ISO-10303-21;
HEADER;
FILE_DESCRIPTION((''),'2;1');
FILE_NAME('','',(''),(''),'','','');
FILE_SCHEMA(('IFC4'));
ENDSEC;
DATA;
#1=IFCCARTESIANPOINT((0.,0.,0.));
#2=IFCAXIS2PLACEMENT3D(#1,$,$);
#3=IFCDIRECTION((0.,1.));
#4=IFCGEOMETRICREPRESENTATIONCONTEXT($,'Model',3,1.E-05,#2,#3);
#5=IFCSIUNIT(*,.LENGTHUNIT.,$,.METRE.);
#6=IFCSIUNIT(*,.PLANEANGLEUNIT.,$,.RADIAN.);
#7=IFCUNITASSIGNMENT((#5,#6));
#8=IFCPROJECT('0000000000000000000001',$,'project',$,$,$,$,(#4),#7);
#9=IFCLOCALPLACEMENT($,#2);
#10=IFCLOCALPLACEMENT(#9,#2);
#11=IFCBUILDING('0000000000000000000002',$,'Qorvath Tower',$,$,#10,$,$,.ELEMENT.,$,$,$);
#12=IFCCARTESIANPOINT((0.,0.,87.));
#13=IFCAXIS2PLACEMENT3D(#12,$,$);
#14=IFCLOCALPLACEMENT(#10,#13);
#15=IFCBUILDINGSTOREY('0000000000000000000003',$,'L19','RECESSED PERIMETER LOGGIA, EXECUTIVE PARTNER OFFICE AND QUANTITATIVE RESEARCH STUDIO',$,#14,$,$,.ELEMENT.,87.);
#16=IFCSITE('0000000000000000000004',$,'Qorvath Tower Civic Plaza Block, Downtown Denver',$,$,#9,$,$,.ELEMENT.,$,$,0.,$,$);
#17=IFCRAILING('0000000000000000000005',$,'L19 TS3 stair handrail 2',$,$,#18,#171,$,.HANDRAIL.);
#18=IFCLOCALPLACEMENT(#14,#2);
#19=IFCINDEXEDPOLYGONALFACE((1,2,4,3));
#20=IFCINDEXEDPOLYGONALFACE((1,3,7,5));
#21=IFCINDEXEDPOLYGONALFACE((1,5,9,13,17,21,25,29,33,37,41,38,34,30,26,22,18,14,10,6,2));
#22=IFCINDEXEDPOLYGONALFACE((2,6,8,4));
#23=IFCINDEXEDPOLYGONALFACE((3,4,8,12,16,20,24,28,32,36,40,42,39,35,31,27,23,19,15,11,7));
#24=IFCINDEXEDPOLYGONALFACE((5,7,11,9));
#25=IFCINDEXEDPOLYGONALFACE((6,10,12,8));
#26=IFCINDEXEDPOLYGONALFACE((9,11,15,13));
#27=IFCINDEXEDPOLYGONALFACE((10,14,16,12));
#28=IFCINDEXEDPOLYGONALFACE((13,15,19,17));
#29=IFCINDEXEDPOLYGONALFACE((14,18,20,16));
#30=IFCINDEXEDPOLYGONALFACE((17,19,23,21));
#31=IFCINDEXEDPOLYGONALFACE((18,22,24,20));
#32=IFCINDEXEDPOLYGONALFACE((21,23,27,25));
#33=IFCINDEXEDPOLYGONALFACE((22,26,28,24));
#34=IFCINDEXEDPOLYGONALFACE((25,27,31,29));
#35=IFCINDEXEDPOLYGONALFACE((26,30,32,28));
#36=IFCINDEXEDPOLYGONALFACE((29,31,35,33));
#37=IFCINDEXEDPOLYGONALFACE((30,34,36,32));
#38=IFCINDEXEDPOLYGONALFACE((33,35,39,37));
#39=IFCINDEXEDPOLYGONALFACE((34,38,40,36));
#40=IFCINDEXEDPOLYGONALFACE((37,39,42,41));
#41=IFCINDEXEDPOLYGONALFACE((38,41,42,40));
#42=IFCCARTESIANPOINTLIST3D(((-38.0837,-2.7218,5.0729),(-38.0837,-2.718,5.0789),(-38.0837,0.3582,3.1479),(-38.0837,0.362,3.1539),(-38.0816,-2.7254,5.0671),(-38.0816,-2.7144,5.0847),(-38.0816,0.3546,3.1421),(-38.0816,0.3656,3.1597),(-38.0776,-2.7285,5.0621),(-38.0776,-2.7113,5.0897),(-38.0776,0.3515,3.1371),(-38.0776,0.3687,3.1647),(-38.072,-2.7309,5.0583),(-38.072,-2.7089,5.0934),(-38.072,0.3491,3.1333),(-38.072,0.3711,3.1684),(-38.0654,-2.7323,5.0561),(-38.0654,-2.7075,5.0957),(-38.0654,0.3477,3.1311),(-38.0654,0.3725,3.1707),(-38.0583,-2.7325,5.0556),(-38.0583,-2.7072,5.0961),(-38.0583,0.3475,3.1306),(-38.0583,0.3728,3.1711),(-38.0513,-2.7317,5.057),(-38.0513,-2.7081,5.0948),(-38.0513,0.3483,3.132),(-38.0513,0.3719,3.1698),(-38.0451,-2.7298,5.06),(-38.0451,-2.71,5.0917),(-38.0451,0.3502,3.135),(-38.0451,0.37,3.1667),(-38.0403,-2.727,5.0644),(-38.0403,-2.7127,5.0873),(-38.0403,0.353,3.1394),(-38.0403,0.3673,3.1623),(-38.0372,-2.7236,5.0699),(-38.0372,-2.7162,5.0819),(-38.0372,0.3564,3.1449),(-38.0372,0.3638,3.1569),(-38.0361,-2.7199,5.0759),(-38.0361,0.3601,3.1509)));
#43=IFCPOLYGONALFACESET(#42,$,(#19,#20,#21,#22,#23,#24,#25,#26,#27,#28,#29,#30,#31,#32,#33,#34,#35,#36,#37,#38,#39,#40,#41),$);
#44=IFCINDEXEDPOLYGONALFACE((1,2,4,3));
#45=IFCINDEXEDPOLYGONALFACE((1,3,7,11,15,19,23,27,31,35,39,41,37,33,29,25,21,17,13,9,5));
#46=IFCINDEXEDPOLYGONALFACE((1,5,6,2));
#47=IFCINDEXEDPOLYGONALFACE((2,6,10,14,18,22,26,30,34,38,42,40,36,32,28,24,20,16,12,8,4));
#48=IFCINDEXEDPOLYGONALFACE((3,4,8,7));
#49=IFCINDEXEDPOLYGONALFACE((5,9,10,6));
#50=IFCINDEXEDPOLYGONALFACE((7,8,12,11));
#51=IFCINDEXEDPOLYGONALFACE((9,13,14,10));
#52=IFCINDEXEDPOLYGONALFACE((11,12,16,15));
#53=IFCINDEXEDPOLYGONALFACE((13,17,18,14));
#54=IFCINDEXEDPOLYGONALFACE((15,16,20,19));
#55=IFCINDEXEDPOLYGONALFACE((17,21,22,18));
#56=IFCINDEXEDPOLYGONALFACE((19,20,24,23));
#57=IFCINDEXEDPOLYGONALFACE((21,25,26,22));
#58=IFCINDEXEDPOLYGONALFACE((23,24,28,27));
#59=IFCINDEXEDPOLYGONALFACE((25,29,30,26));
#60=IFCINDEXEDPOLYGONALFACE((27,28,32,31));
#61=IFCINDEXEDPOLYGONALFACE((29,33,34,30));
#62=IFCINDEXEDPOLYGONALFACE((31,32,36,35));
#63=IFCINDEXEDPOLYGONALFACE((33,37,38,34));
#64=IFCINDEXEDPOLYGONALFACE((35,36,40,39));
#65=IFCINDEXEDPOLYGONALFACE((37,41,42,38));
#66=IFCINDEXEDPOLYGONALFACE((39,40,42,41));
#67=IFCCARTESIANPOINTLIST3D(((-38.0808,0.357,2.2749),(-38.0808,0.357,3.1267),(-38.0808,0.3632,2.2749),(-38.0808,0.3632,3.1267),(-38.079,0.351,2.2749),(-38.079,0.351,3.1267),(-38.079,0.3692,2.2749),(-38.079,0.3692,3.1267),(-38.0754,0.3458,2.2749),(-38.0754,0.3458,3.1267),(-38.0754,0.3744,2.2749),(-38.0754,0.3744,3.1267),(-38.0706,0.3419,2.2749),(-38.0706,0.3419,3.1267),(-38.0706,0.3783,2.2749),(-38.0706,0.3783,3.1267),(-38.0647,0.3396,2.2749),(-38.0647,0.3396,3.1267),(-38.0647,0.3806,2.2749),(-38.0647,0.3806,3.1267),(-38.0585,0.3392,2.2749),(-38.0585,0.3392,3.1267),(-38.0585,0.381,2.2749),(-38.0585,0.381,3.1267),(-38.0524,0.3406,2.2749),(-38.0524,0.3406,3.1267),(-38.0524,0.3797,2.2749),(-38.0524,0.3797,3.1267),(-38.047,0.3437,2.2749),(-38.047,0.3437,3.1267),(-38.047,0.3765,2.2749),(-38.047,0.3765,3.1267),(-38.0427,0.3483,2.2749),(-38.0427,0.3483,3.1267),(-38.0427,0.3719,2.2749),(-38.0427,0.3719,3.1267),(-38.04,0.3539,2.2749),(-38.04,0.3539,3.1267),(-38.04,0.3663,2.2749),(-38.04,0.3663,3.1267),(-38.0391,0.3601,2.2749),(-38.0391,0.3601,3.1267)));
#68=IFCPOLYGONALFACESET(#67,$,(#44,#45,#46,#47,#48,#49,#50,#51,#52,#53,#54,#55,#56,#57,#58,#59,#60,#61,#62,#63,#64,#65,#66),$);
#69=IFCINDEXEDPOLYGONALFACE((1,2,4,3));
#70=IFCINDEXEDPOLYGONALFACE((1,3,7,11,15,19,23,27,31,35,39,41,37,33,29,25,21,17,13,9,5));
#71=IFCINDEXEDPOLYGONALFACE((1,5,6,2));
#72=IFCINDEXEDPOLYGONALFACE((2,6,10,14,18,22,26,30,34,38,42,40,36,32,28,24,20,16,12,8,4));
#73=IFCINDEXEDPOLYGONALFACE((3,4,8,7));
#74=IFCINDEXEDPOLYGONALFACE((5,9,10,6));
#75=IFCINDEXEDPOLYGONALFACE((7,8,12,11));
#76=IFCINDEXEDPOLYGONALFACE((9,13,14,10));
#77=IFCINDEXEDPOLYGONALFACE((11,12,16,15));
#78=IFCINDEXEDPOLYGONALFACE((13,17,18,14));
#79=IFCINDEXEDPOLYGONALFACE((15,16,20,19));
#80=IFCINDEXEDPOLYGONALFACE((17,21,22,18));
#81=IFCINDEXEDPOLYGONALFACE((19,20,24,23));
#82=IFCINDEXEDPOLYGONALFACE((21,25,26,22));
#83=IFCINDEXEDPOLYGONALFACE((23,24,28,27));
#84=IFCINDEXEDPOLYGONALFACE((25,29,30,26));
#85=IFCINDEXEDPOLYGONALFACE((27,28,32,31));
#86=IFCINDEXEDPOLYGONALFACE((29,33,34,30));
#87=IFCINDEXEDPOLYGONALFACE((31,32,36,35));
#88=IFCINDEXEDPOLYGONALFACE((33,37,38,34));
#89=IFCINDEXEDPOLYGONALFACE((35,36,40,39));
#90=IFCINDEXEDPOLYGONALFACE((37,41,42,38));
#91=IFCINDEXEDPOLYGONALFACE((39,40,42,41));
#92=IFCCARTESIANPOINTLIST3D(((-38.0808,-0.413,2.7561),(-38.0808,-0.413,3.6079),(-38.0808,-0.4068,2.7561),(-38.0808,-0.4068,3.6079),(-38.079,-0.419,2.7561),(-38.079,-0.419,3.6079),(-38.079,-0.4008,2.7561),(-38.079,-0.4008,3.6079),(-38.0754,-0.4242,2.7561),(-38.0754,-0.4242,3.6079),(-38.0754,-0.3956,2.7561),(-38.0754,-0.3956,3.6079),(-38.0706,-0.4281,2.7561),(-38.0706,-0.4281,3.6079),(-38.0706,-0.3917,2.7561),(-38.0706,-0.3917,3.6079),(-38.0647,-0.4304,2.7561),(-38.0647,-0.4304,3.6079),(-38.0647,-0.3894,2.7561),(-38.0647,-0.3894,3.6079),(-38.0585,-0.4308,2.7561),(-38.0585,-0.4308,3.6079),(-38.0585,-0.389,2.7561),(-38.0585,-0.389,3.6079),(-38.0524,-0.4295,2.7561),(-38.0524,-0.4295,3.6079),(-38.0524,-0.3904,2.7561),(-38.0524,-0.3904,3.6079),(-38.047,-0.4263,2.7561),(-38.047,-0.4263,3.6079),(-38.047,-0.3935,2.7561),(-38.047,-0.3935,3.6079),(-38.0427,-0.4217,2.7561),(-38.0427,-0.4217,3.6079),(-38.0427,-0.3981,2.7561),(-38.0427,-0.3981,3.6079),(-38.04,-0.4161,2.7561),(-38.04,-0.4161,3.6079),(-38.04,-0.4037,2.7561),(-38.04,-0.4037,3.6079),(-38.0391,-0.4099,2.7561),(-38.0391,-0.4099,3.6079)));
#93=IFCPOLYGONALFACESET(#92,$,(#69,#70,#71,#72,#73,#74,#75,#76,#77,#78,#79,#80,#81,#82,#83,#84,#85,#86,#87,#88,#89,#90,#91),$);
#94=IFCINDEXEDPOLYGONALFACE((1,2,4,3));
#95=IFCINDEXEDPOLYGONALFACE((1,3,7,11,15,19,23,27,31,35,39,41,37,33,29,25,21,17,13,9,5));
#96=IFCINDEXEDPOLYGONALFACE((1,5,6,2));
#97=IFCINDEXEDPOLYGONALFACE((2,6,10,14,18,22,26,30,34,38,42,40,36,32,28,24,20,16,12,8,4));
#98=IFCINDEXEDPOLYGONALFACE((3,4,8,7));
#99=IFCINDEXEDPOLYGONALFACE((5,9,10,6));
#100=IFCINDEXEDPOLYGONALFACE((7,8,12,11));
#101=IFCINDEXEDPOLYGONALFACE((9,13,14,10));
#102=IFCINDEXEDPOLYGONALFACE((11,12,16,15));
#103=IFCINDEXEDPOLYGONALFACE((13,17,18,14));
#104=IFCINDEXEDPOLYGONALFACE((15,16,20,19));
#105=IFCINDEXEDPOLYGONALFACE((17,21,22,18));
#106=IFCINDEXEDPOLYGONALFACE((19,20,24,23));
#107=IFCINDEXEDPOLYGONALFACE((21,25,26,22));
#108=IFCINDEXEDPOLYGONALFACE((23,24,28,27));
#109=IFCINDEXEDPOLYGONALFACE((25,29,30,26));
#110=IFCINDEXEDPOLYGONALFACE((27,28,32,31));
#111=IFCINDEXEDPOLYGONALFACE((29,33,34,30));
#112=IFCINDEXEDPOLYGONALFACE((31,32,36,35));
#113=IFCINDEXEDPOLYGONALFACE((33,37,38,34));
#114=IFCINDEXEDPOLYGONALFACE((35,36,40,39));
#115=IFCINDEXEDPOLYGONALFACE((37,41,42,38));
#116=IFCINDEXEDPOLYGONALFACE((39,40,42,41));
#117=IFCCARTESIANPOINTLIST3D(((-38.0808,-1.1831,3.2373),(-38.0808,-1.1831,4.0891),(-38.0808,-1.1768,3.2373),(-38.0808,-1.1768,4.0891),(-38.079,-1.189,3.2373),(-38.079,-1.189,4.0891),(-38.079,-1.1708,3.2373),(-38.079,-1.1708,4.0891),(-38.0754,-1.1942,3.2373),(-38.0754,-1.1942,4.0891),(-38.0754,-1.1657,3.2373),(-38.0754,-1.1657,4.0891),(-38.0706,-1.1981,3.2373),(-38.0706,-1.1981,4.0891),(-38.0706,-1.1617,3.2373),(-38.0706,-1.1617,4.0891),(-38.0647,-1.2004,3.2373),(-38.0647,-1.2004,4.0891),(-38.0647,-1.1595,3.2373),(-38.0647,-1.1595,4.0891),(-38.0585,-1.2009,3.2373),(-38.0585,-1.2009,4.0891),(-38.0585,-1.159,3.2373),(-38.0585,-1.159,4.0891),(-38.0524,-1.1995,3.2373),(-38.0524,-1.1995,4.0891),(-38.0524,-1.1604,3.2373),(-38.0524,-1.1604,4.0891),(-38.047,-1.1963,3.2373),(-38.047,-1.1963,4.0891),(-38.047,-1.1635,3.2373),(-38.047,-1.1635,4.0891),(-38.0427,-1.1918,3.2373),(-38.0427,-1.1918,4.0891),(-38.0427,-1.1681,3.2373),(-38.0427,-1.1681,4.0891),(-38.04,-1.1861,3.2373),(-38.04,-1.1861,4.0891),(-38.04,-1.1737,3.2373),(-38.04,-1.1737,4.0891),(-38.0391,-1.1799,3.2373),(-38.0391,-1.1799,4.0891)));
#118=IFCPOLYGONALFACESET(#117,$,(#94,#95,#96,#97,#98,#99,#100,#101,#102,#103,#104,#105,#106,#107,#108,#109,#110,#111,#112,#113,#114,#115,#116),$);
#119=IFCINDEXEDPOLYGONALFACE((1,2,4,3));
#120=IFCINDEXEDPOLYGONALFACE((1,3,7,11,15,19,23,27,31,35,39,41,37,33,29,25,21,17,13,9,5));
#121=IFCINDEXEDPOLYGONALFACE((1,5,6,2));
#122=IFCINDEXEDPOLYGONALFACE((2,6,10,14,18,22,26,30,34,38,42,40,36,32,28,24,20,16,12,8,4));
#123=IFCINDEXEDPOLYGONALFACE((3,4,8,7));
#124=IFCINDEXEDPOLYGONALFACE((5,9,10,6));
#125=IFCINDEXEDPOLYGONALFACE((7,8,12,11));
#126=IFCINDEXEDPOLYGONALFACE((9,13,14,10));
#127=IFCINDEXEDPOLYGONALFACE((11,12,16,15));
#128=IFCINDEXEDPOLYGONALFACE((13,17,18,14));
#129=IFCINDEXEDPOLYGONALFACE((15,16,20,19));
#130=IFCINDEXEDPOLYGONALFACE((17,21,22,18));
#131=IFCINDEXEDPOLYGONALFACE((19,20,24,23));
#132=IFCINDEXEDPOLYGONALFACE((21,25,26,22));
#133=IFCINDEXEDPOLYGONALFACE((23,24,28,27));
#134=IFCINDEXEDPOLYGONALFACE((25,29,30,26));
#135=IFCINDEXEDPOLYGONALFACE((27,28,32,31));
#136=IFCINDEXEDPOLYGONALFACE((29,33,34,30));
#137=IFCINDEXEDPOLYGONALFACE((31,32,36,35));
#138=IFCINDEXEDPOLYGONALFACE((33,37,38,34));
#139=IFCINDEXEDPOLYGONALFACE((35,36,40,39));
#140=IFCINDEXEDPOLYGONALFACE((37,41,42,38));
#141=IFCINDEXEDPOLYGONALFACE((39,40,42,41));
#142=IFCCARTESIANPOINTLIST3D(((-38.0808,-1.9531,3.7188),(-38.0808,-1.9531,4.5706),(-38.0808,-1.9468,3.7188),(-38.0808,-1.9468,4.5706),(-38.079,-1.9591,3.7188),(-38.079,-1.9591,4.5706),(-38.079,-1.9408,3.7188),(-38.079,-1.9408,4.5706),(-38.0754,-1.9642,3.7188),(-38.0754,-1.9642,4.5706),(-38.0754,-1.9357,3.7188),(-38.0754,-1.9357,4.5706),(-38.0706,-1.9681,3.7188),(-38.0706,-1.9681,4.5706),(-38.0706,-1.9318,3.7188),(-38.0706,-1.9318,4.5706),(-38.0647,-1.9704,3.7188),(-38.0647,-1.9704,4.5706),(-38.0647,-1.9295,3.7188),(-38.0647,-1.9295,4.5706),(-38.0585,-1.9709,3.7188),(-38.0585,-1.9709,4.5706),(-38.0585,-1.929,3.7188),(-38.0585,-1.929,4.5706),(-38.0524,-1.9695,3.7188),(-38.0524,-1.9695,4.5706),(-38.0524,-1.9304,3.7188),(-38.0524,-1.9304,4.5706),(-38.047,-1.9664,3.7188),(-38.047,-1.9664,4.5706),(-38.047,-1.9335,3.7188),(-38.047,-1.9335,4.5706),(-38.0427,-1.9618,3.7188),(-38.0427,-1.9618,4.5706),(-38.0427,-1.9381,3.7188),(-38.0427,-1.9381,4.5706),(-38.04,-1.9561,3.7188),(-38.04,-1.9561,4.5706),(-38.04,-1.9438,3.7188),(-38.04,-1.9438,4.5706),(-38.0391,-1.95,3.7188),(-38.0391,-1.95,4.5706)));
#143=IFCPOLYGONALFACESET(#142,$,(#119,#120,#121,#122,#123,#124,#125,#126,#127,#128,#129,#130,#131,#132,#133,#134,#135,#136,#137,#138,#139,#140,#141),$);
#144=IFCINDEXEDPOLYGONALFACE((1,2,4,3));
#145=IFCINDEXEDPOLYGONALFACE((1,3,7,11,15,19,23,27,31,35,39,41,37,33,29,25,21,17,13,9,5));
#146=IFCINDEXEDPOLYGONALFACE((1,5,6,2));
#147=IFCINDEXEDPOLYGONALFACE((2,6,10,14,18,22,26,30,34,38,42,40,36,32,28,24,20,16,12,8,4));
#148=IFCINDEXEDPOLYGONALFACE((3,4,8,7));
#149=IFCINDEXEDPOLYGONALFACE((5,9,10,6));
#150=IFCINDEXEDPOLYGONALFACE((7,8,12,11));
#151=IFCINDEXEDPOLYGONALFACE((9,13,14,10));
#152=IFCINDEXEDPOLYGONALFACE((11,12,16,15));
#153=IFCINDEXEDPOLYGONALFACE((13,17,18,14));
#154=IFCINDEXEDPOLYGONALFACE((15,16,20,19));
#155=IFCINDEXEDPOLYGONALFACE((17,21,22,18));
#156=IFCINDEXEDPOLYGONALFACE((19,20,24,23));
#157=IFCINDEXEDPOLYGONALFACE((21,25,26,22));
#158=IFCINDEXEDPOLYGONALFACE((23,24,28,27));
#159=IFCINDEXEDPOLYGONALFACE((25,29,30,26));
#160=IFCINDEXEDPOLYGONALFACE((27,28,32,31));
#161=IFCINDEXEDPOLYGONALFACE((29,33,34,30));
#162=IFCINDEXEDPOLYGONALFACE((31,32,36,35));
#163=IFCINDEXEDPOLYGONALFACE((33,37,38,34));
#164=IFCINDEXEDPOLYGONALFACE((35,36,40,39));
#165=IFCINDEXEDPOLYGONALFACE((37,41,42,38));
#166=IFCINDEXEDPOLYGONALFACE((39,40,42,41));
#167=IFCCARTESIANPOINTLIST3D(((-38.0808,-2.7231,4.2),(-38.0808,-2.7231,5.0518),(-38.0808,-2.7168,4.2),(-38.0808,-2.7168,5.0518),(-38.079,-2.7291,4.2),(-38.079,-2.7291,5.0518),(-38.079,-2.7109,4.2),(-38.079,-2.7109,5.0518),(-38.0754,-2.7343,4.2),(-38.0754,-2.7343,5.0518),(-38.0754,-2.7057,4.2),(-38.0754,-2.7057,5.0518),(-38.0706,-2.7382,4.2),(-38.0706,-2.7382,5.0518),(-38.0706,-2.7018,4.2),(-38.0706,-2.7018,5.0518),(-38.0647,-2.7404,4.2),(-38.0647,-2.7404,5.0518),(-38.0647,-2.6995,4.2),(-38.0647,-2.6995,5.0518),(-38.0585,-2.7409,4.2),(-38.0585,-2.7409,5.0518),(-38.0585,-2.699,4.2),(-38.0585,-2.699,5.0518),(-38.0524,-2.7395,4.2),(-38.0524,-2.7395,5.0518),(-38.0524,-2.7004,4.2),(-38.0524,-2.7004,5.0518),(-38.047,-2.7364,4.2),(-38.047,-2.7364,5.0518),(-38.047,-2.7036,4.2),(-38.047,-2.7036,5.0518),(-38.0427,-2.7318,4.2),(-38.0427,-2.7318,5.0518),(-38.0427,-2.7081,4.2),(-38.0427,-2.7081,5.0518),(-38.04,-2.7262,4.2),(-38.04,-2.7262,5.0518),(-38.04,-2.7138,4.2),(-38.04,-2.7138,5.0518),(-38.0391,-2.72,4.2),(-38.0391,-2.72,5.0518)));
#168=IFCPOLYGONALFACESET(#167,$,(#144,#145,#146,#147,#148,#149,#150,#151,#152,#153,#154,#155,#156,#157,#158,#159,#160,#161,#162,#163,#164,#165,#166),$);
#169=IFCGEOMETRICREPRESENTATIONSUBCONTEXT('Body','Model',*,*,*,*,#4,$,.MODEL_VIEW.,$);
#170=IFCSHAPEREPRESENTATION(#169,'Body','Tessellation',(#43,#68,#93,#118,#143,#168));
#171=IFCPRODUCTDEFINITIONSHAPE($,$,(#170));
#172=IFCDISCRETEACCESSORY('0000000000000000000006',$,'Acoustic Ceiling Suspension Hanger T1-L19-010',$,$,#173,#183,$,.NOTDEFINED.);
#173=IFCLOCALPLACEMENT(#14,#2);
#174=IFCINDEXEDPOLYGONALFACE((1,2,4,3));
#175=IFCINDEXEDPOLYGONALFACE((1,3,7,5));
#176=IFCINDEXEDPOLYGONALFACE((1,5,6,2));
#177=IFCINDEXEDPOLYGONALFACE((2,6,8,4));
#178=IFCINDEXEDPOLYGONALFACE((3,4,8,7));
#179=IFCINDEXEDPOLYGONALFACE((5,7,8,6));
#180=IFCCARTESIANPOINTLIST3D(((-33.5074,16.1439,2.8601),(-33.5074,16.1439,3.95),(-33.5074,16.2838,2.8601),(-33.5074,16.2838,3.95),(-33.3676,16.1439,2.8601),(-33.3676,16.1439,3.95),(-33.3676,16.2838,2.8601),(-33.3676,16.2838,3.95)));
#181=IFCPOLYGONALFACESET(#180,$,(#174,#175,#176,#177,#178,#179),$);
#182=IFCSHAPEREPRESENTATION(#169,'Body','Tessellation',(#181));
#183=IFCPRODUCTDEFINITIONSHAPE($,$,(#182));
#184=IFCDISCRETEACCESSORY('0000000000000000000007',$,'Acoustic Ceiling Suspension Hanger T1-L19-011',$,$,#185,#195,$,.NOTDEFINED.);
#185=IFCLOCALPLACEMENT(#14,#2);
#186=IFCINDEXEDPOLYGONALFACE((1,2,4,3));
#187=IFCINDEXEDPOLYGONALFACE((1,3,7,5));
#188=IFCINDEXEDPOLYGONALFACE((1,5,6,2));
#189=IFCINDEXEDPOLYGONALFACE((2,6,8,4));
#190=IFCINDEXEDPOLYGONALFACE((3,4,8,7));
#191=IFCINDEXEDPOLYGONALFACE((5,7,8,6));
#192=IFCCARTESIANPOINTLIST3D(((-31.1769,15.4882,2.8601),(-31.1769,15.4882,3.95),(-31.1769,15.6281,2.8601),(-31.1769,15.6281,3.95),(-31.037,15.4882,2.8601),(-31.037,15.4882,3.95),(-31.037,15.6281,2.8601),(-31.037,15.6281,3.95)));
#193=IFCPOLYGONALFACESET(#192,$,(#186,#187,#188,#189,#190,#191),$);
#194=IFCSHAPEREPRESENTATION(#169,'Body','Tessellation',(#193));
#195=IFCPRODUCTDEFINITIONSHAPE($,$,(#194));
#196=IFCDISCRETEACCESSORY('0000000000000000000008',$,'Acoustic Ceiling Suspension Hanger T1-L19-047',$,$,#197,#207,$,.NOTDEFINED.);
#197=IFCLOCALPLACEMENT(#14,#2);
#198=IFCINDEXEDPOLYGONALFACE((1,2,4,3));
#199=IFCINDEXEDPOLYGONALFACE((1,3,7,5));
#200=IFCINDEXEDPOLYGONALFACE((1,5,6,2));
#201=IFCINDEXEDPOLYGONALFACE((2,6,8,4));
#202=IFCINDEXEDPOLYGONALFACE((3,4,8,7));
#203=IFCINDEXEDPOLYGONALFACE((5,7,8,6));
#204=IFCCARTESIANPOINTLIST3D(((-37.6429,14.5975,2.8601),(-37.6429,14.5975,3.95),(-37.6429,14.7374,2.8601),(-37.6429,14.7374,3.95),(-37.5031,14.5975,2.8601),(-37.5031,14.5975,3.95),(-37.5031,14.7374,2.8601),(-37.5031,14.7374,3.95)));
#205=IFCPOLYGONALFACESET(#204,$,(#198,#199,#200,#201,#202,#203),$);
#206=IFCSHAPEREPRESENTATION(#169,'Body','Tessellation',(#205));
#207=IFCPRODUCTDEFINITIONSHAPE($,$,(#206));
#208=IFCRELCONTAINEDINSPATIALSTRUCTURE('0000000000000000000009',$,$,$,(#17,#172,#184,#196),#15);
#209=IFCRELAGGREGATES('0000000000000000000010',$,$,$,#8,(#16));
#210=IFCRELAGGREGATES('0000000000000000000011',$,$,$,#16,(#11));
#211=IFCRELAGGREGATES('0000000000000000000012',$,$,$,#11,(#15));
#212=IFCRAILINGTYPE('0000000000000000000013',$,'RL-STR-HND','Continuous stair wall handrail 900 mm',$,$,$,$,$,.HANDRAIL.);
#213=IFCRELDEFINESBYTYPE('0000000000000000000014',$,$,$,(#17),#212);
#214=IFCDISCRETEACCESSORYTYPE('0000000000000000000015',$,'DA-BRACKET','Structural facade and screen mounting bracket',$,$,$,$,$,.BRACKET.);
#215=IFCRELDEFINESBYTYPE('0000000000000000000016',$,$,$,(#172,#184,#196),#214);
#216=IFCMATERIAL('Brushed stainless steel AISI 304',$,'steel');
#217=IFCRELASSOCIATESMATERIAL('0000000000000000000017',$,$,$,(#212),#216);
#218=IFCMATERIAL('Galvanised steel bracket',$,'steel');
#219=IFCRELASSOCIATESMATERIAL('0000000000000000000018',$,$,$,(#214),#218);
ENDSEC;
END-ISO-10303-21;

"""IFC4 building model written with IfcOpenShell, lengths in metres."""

from ifc_helpers import new_model, si_unit, direction, frame, origin, origin_2d, place, context, subcontext, project, spatial, rectangle, circle, extrude, material, type_object, element, save


model = new_model("IFC4")

# Units and contexts
model_context = context("Model", 3, precision=1e-05, world=origin(), true_north=direction((0.0, 1.0)))
body_context = subcontext(model_context, "Body", "Model", "MODEL_VIEW")
ifc_project = project(units=[si_unit("LENGTHUNIT", "METRE"), si_unit("PLANEANGLEUNIT", "RADIAN")], contexts=[model_context])

# Site, building, storey
site_placement = place(None, origin())
site = spatial("IfcSite", under=ifc_project, at=site_placement, Name="Qorvath Tower Civic Plaza Block, Downtown Denver", CompositionType="ELEMENT", RefElevation=0.0)
building_placement = place(site_placement, origin())
building = spatial("IfcBuilding", under=site, at=building_placement, Name="Qorvath Tower", CompositionType="ELEMENT")
storey_placement = place(building_placement, frame((0.0, 0.0, 87.0)))
storey = spatial("IfcBuildingStorey", under=building, at=storey_placement, Name="L19", Description="RECESSED PERIMETER LOGGIA, EXECUTIVE PARTNER OFFICE AND QUANTITATIVE RESEARCH STUDIO", CompositionType="ELEMENT", Elevation=87.0)

# Railing
ifc_material_1 = material(Name="Brushed stainless steel AISI 304", Category="steel")
railing_type_1 = type_object("IfcRailingType", Name="RL-STR-HND", Description="Continuous stair wall handrail 900 mm", PredefinedType="HANDRAIL", material=ifc_material_1)
railing_1_placement = place(storey_placement, frame((-38.0601, 0.3601, 2.2749)))
element("IfcRailing", 1, at=railing_1_placement, inside=storey, type_object=railing_type_1, Name="L19 TS3 stair handrail 2", PredefinedType="HANDRAIL", context=body_context, shape_type="SweptSolid", body=[
    extrude(circle(Radius=0.0239, at=origin_2d()), frame((0.0, 0.0, 0.876), z_axis=(0.0, -0.847998, 0.529999), x_axis=(1.0, 0.0, 0.0)), (0.0, 0.0, 1.0), 3.6321),
    extrude(circle(Radius=0.021, at=origin_2d()), origin(), (0.0, 0.0, 1.0), 0.8518),
    extrude(circle(Radius=0.021, at=origin_2d()), frame((0.0, -0.77, 0.4812)), (0.0, 0.0, 1.0), 0.8518),
    extrude(circle(Radius=0.021, at=origin_2d()), frame((0.0, -1.54, 0.9624)), (0.0, 0.0, 1.0), 0.8518),
    extrude(circle(Radius=0.021, at=origin_2d()), frame((0.0, -2.3101, 1.4438)), (0.0, 0.0, 1.0), 0.8518),
    extrude(circle(Radius=0.021, at=origin_2d()), frame((0.0, -3.0801, 1.925)), (0.0, 0.0, 1.0), 0.8518),
])

# Discrete accessories
ifc_material_2 = material(Name="Galvanised steel bracket", Category="steel")
discrete_accessory_type = type_object("IfcDiscreteAccessoryType", Name="DA-BRACKET", Description="Structural facade and screen mounting bracket", PredefinedType="BRACKET", material=ifc_material_2)
for number, where, z_axis, x_axis, name in (
    (2, (-33.4375, 16.2139, 2.8601), (0.0, 0.0, 1.0), (1.0, 0.0, 0.0), "Acoustic Ceiling Suspension Hanger T1-L19-010"),
    (3, (-31.1069, 15.5581, 2.8601), (0.0, 0.0, 1.0), (1.0, 0.0, 0.0), "Acoustic Ceiling Suspension Hanger T1-L19-011"),
    (4, (-37.573, 14.6675, 2.8601), (0.0, 0.0, 1.0), (1.0, 0.0, 0.0), "Acoustic Ceiling Suspension Hanger T1-L19-047"),
):
    element("IfcDiscreteAccessory", number, at=place(storey_placement, frame(where, z_axis=z_axis, x_axis=x_axis)), inside=storey, type_object=discrete_accessory_type, Name=name, PredefinedType="NOTDEFINED", context=body_context, shape_type="SweptSolid", body=[
        extrude(rectangle(XDim=0.1399, YDim=0.1399, at=origin_2d()), origin(), (0.0, 0.0, 1.0), 1.0898),
    ])

save(model, "model.ifc")
